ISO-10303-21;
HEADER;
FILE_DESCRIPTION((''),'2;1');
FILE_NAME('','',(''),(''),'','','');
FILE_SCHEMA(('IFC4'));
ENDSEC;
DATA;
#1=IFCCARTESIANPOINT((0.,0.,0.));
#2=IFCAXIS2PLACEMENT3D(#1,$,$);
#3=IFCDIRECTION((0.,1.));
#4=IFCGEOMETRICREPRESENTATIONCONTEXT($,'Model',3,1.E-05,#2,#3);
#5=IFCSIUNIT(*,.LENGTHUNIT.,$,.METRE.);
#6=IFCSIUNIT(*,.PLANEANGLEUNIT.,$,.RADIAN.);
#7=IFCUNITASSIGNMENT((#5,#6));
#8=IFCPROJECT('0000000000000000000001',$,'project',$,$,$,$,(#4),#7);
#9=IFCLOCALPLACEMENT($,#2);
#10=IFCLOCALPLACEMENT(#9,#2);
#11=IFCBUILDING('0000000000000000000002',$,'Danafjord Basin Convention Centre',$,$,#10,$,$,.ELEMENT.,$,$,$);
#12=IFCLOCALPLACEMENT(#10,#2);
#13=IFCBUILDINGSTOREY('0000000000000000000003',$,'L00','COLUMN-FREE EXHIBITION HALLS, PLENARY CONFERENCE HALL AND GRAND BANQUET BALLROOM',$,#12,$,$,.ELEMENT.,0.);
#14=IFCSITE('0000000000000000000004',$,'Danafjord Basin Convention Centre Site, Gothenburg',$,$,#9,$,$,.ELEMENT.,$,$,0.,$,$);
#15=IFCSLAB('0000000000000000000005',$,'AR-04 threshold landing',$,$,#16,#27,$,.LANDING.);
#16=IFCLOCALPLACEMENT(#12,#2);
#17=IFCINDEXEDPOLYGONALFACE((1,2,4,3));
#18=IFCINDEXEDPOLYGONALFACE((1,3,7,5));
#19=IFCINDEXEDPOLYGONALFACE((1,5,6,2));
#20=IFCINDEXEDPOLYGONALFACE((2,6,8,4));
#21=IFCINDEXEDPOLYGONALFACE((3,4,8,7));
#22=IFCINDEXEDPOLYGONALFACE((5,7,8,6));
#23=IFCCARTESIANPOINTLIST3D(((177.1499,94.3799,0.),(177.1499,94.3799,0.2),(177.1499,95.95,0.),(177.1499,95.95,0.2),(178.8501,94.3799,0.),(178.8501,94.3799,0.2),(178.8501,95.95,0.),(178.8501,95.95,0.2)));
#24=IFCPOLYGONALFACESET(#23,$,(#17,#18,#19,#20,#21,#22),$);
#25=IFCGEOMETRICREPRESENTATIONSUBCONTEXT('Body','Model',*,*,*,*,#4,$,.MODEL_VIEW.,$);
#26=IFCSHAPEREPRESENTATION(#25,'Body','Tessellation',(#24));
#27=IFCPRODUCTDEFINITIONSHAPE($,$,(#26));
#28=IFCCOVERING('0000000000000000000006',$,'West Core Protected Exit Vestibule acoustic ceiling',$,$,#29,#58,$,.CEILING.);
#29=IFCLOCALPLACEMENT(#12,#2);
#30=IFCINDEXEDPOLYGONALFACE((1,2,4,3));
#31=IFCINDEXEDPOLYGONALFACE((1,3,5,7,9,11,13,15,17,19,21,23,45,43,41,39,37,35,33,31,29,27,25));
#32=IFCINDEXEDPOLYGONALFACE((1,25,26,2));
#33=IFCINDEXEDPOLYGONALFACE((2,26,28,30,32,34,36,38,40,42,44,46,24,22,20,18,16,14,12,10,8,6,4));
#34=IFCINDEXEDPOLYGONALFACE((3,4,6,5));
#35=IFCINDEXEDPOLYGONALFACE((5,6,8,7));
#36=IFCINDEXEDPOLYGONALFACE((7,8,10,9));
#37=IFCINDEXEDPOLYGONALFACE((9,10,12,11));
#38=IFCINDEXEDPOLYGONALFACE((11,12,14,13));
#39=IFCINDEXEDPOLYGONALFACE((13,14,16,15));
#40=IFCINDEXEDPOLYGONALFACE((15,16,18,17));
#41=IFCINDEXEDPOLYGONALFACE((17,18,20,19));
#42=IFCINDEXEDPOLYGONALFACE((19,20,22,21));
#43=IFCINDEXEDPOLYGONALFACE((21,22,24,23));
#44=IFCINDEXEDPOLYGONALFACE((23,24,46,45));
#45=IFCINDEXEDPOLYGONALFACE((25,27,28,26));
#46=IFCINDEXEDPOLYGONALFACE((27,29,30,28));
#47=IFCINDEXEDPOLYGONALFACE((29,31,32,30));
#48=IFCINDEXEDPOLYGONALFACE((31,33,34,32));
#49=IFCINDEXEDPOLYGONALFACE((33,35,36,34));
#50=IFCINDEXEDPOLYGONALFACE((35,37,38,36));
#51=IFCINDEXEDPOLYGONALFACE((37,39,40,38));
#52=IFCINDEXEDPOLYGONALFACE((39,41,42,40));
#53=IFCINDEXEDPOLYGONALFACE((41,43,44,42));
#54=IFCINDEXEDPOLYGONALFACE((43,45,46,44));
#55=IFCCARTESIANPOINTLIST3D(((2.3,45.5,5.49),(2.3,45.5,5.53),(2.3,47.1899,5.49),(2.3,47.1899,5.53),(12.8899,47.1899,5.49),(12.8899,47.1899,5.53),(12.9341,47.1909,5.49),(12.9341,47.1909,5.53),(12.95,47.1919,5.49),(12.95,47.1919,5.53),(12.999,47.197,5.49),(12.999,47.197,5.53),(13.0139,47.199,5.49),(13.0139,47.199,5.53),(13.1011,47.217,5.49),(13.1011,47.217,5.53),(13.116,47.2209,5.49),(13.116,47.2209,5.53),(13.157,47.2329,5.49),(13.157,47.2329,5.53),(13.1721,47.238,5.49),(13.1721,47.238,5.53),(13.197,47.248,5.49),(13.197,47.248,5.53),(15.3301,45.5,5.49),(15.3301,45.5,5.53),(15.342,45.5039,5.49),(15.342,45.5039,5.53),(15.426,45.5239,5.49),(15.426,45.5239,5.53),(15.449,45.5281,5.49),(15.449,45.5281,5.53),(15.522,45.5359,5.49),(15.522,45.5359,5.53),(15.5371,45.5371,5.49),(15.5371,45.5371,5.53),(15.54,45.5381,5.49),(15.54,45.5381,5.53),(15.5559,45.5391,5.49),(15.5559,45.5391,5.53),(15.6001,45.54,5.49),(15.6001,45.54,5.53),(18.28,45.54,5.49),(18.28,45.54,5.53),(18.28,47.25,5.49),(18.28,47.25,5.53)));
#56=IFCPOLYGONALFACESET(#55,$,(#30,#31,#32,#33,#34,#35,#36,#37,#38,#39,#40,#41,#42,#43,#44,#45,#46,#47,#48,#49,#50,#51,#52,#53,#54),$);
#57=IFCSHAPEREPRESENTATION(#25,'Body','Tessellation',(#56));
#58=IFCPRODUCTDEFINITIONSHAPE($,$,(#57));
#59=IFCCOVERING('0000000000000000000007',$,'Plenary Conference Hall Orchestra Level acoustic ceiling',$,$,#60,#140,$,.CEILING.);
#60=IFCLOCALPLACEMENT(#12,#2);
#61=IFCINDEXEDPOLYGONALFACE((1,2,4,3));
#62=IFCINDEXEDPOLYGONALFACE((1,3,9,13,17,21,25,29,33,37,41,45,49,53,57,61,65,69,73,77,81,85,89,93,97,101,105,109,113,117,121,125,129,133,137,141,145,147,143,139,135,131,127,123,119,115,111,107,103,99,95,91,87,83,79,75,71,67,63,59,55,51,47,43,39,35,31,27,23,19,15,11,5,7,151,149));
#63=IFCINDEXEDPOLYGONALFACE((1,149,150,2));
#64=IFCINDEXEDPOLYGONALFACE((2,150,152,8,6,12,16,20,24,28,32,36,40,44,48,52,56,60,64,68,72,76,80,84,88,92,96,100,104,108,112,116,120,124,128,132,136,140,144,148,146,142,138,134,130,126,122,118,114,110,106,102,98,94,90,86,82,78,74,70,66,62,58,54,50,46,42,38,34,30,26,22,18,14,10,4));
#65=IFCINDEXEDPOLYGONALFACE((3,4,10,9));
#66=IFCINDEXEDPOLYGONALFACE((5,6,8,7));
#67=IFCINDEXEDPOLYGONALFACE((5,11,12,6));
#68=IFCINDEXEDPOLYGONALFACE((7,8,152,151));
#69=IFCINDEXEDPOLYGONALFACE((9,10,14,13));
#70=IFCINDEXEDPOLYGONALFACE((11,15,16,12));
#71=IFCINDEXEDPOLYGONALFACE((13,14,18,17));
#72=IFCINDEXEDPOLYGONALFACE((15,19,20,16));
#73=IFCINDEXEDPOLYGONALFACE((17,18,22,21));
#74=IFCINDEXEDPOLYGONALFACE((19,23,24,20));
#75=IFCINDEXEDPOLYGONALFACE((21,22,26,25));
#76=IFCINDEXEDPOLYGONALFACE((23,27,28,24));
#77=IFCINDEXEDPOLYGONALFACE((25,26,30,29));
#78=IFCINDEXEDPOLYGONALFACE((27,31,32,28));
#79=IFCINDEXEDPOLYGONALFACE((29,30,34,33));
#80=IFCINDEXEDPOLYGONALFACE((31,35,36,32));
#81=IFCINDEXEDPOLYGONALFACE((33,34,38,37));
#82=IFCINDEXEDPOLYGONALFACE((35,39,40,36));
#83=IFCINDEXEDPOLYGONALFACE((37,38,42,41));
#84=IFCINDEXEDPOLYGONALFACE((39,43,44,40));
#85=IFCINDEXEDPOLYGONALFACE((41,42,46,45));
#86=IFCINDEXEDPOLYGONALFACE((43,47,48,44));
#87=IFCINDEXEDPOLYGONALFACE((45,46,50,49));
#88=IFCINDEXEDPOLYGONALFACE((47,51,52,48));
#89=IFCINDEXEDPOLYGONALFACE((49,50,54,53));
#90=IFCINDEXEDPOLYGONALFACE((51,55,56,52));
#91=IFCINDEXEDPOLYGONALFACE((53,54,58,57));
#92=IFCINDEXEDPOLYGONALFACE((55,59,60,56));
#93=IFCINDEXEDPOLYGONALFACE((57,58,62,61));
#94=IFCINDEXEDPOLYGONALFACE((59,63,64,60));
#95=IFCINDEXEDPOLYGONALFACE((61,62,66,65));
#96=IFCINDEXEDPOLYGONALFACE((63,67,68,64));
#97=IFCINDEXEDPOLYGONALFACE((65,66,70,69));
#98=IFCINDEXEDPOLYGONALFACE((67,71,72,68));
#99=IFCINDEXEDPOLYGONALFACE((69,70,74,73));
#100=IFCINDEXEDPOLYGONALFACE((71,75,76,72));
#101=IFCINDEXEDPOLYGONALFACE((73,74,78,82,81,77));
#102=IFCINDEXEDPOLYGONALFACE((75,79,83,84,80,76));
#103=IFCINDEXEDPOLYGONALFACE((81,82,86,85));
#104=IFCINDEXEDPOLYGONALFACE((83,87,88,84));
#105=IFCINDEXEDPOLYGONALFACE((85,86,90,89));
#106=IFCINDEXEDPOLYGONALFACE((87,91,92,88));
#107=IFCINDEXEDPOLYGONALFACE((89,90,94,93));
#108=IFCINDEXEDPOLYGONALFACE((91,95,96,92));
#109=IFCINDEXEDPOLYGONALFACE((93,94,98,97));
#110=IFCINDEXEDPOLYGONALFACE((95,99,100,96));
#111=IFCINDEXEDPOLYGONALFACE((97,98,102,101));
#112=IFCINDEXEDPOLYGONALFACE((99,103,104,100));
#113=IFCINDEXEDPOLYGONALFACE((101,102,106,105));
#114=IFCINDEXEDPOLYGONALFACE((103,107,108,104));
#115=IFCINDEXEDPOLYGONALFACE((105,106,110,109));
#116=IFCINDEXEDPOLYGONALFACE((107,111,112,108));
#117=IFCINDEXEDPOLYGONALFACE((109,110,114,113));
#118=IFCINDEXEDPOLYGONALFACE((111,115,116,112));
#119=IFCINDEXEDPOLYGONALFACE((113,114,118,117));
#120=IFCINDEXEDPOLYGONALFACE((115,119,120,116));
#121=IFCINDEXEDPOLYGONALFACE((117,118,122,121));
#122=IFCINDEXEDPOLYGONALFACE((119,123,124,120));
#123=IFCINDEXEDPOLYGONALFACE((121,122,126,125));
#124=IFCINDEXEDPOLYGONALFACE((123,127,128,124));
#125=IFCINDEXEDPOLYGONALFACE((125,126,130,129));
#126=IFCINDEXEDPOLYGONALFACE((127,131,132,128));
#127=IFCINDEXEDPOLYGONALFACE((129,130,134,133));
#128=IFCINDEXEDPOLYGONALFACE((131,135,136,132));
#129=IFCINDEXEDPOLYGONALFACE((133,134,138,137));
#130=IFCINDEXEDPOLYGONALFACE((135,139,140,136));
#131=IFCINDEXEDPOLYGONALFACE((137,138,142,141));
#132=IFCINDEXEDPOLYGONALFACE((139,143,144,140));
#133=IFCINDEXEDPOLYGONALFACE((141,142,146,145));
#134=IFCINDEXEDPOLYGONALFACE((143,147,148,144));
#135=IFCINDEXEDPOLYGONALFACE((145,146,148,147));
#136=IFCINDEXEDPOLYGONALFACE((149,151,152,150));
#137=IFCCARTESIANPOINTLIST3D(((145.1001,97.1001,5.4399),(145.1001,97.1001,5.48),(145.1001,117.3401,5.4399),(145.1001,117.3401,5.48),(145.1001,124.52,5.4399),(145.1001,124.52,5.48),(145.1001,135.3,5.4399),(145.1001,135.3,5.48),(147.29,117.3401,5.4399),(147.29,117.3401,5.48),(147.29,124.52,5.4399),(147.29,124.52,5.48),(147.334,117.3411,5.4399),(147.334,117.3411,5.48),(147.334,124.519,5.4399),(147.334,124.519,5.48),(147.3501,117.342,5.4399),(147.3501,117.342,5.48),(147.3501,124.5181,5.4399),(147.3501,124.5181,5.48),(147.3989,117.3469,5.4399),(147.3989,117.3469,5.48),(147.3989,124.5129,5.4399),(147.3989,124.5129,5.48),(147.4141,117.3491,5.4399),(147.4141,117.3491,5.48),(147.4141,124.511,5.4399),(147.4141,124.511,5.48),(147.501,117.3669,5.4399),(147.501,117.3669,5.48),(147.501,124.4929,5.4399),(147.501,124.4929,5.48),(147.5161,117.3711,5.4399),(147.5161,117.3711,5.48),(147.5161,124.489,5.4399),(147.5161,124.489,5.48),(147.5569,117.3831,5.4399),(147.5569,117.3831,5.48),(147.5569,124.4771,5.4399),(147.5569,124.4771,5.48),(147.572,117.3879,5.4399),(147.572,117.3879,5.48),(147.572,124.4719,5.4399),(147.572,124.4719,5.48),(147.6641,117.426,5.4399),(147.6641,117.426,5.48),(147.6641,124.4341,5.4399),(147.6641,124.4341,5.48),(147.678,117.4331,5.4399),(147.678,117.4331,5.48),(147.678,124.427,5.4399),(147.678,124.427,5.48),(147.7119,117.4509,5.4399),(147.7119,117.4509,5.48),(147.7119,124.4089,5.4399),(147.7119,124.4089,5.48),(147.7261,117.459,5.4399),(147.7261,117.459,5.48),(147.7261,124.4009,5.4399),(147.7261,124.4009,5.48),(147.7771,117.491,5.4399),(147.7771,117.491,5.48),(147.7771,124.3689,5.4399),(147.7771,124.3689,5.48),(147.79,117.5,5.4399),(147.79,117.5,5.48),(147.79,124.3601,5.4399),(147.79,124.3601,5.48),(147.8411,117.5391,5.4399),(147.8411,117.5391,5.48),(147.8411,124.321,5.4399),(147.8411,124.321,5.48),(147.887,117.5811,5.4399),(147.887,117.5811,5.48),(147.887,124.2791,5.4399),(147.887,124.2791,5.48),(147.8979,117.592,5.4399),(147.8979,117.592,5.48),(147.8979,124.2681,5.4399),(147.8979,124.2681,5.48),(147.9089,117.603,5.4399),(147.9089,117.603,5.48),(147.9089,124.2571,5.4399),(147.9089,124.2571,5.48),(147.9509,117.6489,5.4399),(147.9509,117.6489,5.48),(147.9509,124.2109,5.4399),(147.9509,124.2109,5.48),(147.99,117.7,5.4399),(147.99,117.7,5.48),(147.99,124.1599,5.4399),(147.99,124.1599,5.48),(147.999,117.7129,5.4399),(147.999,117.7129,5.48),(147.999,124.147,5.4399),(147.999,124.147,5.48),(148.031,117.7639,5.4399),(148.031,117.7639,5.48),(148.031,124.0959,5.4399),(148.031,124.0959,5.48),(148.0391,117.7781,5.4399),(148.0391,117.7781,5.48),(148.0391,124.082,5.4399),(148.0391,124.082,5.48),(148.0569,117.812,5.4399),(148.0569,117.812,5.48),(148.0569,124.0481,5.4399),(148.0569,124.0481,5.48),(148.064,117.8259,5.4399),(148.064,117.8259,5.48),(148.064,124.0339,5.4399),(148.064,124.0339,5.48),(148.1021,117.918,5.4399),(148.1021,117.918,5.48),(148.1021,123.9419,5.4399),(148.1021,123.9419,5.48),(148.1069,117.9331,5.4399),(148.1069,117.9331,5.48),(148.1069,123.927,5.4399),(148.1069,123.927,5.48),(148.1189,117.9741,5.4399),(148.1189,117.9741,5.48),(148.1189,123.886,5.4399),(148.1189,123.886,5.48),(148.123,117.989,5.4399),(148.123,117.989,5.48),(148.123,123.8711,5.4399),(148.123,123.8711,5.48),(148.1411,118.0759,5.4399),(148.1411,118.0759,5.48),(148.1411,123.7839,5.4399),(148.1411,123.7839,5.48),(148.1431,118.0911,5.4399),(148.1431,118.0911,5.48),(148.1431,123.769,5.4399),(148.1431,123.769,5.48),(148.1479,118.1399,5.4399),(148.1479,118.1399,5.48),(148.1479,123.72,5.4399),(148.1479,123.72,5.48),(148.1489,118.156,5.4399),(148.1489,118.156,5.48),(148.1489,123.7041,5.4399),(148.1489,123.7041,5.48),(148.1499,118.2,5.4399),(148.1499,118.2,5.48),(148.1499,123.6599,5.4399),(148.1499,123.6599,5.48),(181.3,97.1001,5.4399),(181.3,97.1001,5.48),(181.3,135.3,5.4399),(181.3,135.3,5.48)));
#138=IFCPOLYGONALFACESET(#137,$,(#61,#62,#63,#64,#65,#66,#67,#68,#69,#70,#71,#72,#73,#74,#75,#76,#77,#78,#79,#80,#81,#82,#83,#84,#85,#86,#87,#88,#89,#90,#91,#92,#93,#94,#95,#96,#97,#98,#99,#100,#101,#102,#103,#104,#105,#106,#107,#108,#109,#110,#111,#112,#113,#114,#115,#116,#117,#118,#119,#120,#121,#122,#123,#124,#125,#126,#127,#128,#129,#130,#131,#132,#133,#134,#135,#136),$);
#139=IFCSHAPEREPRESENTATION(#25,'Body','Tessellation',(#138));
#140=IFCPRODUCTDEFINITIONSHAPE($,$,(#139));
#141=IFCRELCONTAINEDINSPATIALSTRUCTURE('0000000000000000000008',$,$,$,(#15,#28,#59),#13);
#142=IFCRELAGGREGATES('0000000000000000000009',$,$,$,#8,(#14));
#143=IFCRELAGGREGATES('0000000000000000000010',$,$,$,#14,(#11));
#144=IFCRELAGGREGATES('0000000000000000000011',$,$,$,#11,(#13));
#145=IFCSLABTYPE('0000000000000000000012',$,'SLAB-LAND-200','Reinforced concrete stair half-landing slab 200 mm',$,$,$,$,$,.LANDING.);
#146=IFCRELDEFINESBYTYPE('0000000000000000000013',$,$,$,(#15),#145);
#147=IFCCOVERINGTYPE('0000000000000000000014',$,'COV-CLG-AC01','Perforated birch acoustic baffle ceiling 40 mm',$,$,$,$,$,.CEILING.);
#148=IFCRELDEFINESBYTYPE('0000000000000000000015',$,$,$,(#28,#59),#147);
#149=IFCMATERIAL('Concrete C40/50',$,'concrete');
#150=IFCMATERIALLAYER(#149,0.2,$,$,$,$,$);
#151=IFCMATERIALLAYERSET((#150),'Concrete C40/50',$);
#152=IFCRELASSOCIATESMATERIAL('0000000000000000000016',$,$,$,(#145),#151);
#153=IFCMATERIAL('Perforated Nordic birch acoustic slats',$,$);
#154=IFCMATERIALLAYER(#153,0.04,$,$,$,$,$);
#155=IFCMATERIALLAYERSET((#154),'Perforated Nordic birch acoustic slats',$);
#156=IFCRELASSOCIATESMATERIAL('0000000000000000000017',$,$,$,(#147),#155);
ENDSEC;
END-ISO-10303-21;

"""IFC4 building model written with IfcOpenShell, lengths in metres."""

from ifc_helpers import new_model, si_unit, direction, frame, origin, place, context, subcontext, project, spatial, polyline, outline, extrude, material, layer, layer_set, type_object, element, save


model = new_model("IFC4")

# Units and contexts
model_context = context("Model", 3, precision=1e-05, world=origin(), true_north=direction((0.0, 1.0)))
body_context = subcontext(model_context, "Body", "Model", "MODEL_VIEW")
ifc_project = project(units=[si_unit("LENGTHUNIT", "METRE"), si_unit("PLANEANGLEUNIT", "RADIAN")], contexts=[model_context])

# Site, building, storey
site_placement = place(None, origin())
site = spatial("IfcSite", under=ifc_project, at=site_placement, Name="Danafjord Basin Convention Centre Site, Gothenburg", CompositionType="ELEMENT", RefElevation=0.0)
building_placement = place(site_placement, origin())
building = spatial("IfcBuilding", under=site, at=building_placement, Name="Danafjord Basin Convention Centre", CompositionType="ELEMENT")
storey_placement = place(building_placement, origin())
storey = spatial("IfcBuildingStorey", under=building, at=storey_placement, Name="L00", Description="COLUMN-FREE EXHIBITION HALLS, PLENARY CONFERENCE HALL AND GRAND BANQUET BALLROOM", CompositionType="ELEMENT", Elevation=0.0)

# Shared definitions
ifc_material_1 = material(Name="Concrete C40/50", Category="concrete")
ifc_layer_1 = layer(ifc_material_1, 0.2)
ifc_layer_set_1 = layer_set([ifc_layer_1], Name="Concrete C40/50")
slab_type = type_object("IfcSlabType", Name="SLAB-LAND-200", Description="Reinforced concrete stair half-landing slab 200 mm", PredefinedType="LANDING", material=ifc_layer_set_1)

# Slab
slab_1_placement = place(storey_placement, origin())
element("IfcSlab", 1, at=slab_1_placement, inside=storey, type_object=slab_type, Name="AR-04 threshold landing", PredefinedType="LANDING", context=body_context, shape_type="SweptSolid", body=[
    extrude(outline(polyline([(177.1499, 94.3799), (178.8501, 94.3799), (178.8501, 95.95), (177.1499, 95.95), (177.1499, 94.3799)])), origin(), (0.0, 0.0, 1.0), 0.2),
])

# Coverings
ifc_material_2 = material(Name="Perforated Nordic birch acoustic slats")
ifc_layer_2 = layer(ifc_material_2, 0.04)
ifc_layer_set_2 = layer_set([ifc_layer_2], Name="Perforated Nordic birch acoustic slats")
covering_type_1 = type_object("IfcCoveringType", Name="COV-CLG-AC01", Description="Perforated birch acoustic baffle ceiling 40 mm", PredefinedType="CEILING", material=ifc_layer_set_2)
covering_1_placement = place(storey_placement, frame((0.0, 0.0, 5.49)))
element("IfcCovering", 2, at=covering_1_placement, inside=storey, type_object=covering_type_1, Name="West Core Protected Exit Vestibule acoustic ceiling", PredefinedType="CEILING", context=body_context, shape_type="SweptSolid", body=[
    extrude(outline(polyline([(12.8899, 47.1899), (12.9341, 47.1909), (12.95, 47.1919), (12.999, 47.197), (13.0139, 47.199), (13.1011, 47.217), (13.116, 47.2209), (13.157, 47.2329), (13.1721, 47.238), (13.197, 47.248), (18.28, 47.25), (18.28, 45.54), (15.6001, 45.54), (15.5559, 45.5391), (15.54, 45.5381), (15.5371, 45.5371), (15.522, 45.5359), (15.449, 45.5281), (15.426, 45.5239), (15.342, 45.5039), (15.3301, 45.5), (2.3, 45.5), (2.3, 47.1899), (12.8899, 47.1899)])), origin(), (0.0, 0.0, 1.0), 0.04),
])
covering_2_placement = place(storey_placement, frame((0.0, 0.0, 5.4399)))
element("IfcCovering", 3, at=covering_2_placement, inside=storey, type_object=covering_type_1, Name="Plenary Conference Hall Orchestra Level acoustic ceiling", PredefinedType="CEILING", context=body_context, shape_type="SweptSolid", body=[
    extrude(outline(polyline([(147.29, 117.3401), (147.334, 117.3411), (147.3501, 117.342), (147.3989, 117.3469), (147.4141, 117.3491), (147.501, 117.3669), (147.5161, 117.3711), (147.5569, 117.3831), (147.572, 117.3879), (147.6641, 117.426), (147.678, 117.4331), (147.7119, 117.4509), (147.7261, 117.459), (147.7771, 117.491), (147.79, 117.5), (147.8411, 117.5391), (147.887, 117.5811), (147.8979, 117.592), (147.9089, 117.603), (147.9509, 117.6489), (147.99, 117.7), (147.999, 117.7129), (148.031, 117.7639), (148.0391, 117.7781), (148.0569, 117.812), (148.064, 117.8259), (148.1021, 117.918), (148.1069, 117.9331), (148.1189, 117.9741), (148.123, 117.989), (148.1411, 118.0759), (148.1431, 118.0911), (148.1479, 118.1399), (148.1489, 118.156), (148.1499, 118.2), (148.1499, 123.6599), (148.1489, 123.7041), (148.1479, 123.72), (148.1431, 123.769), (148.1411, 123.7839), (148.123, 123.8711), (148.1189, 123.886), (148.1069, 123.927), (148.1021, 123.9419), (148.064, 124.0339), (148.0569, 124.0481), (148.0391, 124.082), (148.031, 124.0959), (147.999, 124.147), (147.99, 124.1599), (147.9509, 124.2109), (147.9089, 124.2571), (147.8979, 124.2681), (147.887, 124.2791), (147.8411, 124.321), (147.79, 124.3601), (147.7771, 124.3689), (147.7261, 124.4009), (147.7119, 124.4089), (147.678, 124.427), (147.6641, 124.4341), (147.572, 124.4719), (147.5569, 124.4771), (147.5161, 124.489), (147.501, 124.4929), (147.4141, 124.511), (147.3989, 124.5129), (147.3501, 124.5181), (147.334, 124.519), (147.29, 124.52), (145.1001, 124.52), (145.1001, 135.3), (181.3, 135.3), (181.3, 97.1001), (145.1001, 97.1001), (145.1001, 117.3401), (147.29, 117.3401)])), origin(), (0.0, 0.0, 1.0), 0.04),
])

save(model, "model.ifc")
